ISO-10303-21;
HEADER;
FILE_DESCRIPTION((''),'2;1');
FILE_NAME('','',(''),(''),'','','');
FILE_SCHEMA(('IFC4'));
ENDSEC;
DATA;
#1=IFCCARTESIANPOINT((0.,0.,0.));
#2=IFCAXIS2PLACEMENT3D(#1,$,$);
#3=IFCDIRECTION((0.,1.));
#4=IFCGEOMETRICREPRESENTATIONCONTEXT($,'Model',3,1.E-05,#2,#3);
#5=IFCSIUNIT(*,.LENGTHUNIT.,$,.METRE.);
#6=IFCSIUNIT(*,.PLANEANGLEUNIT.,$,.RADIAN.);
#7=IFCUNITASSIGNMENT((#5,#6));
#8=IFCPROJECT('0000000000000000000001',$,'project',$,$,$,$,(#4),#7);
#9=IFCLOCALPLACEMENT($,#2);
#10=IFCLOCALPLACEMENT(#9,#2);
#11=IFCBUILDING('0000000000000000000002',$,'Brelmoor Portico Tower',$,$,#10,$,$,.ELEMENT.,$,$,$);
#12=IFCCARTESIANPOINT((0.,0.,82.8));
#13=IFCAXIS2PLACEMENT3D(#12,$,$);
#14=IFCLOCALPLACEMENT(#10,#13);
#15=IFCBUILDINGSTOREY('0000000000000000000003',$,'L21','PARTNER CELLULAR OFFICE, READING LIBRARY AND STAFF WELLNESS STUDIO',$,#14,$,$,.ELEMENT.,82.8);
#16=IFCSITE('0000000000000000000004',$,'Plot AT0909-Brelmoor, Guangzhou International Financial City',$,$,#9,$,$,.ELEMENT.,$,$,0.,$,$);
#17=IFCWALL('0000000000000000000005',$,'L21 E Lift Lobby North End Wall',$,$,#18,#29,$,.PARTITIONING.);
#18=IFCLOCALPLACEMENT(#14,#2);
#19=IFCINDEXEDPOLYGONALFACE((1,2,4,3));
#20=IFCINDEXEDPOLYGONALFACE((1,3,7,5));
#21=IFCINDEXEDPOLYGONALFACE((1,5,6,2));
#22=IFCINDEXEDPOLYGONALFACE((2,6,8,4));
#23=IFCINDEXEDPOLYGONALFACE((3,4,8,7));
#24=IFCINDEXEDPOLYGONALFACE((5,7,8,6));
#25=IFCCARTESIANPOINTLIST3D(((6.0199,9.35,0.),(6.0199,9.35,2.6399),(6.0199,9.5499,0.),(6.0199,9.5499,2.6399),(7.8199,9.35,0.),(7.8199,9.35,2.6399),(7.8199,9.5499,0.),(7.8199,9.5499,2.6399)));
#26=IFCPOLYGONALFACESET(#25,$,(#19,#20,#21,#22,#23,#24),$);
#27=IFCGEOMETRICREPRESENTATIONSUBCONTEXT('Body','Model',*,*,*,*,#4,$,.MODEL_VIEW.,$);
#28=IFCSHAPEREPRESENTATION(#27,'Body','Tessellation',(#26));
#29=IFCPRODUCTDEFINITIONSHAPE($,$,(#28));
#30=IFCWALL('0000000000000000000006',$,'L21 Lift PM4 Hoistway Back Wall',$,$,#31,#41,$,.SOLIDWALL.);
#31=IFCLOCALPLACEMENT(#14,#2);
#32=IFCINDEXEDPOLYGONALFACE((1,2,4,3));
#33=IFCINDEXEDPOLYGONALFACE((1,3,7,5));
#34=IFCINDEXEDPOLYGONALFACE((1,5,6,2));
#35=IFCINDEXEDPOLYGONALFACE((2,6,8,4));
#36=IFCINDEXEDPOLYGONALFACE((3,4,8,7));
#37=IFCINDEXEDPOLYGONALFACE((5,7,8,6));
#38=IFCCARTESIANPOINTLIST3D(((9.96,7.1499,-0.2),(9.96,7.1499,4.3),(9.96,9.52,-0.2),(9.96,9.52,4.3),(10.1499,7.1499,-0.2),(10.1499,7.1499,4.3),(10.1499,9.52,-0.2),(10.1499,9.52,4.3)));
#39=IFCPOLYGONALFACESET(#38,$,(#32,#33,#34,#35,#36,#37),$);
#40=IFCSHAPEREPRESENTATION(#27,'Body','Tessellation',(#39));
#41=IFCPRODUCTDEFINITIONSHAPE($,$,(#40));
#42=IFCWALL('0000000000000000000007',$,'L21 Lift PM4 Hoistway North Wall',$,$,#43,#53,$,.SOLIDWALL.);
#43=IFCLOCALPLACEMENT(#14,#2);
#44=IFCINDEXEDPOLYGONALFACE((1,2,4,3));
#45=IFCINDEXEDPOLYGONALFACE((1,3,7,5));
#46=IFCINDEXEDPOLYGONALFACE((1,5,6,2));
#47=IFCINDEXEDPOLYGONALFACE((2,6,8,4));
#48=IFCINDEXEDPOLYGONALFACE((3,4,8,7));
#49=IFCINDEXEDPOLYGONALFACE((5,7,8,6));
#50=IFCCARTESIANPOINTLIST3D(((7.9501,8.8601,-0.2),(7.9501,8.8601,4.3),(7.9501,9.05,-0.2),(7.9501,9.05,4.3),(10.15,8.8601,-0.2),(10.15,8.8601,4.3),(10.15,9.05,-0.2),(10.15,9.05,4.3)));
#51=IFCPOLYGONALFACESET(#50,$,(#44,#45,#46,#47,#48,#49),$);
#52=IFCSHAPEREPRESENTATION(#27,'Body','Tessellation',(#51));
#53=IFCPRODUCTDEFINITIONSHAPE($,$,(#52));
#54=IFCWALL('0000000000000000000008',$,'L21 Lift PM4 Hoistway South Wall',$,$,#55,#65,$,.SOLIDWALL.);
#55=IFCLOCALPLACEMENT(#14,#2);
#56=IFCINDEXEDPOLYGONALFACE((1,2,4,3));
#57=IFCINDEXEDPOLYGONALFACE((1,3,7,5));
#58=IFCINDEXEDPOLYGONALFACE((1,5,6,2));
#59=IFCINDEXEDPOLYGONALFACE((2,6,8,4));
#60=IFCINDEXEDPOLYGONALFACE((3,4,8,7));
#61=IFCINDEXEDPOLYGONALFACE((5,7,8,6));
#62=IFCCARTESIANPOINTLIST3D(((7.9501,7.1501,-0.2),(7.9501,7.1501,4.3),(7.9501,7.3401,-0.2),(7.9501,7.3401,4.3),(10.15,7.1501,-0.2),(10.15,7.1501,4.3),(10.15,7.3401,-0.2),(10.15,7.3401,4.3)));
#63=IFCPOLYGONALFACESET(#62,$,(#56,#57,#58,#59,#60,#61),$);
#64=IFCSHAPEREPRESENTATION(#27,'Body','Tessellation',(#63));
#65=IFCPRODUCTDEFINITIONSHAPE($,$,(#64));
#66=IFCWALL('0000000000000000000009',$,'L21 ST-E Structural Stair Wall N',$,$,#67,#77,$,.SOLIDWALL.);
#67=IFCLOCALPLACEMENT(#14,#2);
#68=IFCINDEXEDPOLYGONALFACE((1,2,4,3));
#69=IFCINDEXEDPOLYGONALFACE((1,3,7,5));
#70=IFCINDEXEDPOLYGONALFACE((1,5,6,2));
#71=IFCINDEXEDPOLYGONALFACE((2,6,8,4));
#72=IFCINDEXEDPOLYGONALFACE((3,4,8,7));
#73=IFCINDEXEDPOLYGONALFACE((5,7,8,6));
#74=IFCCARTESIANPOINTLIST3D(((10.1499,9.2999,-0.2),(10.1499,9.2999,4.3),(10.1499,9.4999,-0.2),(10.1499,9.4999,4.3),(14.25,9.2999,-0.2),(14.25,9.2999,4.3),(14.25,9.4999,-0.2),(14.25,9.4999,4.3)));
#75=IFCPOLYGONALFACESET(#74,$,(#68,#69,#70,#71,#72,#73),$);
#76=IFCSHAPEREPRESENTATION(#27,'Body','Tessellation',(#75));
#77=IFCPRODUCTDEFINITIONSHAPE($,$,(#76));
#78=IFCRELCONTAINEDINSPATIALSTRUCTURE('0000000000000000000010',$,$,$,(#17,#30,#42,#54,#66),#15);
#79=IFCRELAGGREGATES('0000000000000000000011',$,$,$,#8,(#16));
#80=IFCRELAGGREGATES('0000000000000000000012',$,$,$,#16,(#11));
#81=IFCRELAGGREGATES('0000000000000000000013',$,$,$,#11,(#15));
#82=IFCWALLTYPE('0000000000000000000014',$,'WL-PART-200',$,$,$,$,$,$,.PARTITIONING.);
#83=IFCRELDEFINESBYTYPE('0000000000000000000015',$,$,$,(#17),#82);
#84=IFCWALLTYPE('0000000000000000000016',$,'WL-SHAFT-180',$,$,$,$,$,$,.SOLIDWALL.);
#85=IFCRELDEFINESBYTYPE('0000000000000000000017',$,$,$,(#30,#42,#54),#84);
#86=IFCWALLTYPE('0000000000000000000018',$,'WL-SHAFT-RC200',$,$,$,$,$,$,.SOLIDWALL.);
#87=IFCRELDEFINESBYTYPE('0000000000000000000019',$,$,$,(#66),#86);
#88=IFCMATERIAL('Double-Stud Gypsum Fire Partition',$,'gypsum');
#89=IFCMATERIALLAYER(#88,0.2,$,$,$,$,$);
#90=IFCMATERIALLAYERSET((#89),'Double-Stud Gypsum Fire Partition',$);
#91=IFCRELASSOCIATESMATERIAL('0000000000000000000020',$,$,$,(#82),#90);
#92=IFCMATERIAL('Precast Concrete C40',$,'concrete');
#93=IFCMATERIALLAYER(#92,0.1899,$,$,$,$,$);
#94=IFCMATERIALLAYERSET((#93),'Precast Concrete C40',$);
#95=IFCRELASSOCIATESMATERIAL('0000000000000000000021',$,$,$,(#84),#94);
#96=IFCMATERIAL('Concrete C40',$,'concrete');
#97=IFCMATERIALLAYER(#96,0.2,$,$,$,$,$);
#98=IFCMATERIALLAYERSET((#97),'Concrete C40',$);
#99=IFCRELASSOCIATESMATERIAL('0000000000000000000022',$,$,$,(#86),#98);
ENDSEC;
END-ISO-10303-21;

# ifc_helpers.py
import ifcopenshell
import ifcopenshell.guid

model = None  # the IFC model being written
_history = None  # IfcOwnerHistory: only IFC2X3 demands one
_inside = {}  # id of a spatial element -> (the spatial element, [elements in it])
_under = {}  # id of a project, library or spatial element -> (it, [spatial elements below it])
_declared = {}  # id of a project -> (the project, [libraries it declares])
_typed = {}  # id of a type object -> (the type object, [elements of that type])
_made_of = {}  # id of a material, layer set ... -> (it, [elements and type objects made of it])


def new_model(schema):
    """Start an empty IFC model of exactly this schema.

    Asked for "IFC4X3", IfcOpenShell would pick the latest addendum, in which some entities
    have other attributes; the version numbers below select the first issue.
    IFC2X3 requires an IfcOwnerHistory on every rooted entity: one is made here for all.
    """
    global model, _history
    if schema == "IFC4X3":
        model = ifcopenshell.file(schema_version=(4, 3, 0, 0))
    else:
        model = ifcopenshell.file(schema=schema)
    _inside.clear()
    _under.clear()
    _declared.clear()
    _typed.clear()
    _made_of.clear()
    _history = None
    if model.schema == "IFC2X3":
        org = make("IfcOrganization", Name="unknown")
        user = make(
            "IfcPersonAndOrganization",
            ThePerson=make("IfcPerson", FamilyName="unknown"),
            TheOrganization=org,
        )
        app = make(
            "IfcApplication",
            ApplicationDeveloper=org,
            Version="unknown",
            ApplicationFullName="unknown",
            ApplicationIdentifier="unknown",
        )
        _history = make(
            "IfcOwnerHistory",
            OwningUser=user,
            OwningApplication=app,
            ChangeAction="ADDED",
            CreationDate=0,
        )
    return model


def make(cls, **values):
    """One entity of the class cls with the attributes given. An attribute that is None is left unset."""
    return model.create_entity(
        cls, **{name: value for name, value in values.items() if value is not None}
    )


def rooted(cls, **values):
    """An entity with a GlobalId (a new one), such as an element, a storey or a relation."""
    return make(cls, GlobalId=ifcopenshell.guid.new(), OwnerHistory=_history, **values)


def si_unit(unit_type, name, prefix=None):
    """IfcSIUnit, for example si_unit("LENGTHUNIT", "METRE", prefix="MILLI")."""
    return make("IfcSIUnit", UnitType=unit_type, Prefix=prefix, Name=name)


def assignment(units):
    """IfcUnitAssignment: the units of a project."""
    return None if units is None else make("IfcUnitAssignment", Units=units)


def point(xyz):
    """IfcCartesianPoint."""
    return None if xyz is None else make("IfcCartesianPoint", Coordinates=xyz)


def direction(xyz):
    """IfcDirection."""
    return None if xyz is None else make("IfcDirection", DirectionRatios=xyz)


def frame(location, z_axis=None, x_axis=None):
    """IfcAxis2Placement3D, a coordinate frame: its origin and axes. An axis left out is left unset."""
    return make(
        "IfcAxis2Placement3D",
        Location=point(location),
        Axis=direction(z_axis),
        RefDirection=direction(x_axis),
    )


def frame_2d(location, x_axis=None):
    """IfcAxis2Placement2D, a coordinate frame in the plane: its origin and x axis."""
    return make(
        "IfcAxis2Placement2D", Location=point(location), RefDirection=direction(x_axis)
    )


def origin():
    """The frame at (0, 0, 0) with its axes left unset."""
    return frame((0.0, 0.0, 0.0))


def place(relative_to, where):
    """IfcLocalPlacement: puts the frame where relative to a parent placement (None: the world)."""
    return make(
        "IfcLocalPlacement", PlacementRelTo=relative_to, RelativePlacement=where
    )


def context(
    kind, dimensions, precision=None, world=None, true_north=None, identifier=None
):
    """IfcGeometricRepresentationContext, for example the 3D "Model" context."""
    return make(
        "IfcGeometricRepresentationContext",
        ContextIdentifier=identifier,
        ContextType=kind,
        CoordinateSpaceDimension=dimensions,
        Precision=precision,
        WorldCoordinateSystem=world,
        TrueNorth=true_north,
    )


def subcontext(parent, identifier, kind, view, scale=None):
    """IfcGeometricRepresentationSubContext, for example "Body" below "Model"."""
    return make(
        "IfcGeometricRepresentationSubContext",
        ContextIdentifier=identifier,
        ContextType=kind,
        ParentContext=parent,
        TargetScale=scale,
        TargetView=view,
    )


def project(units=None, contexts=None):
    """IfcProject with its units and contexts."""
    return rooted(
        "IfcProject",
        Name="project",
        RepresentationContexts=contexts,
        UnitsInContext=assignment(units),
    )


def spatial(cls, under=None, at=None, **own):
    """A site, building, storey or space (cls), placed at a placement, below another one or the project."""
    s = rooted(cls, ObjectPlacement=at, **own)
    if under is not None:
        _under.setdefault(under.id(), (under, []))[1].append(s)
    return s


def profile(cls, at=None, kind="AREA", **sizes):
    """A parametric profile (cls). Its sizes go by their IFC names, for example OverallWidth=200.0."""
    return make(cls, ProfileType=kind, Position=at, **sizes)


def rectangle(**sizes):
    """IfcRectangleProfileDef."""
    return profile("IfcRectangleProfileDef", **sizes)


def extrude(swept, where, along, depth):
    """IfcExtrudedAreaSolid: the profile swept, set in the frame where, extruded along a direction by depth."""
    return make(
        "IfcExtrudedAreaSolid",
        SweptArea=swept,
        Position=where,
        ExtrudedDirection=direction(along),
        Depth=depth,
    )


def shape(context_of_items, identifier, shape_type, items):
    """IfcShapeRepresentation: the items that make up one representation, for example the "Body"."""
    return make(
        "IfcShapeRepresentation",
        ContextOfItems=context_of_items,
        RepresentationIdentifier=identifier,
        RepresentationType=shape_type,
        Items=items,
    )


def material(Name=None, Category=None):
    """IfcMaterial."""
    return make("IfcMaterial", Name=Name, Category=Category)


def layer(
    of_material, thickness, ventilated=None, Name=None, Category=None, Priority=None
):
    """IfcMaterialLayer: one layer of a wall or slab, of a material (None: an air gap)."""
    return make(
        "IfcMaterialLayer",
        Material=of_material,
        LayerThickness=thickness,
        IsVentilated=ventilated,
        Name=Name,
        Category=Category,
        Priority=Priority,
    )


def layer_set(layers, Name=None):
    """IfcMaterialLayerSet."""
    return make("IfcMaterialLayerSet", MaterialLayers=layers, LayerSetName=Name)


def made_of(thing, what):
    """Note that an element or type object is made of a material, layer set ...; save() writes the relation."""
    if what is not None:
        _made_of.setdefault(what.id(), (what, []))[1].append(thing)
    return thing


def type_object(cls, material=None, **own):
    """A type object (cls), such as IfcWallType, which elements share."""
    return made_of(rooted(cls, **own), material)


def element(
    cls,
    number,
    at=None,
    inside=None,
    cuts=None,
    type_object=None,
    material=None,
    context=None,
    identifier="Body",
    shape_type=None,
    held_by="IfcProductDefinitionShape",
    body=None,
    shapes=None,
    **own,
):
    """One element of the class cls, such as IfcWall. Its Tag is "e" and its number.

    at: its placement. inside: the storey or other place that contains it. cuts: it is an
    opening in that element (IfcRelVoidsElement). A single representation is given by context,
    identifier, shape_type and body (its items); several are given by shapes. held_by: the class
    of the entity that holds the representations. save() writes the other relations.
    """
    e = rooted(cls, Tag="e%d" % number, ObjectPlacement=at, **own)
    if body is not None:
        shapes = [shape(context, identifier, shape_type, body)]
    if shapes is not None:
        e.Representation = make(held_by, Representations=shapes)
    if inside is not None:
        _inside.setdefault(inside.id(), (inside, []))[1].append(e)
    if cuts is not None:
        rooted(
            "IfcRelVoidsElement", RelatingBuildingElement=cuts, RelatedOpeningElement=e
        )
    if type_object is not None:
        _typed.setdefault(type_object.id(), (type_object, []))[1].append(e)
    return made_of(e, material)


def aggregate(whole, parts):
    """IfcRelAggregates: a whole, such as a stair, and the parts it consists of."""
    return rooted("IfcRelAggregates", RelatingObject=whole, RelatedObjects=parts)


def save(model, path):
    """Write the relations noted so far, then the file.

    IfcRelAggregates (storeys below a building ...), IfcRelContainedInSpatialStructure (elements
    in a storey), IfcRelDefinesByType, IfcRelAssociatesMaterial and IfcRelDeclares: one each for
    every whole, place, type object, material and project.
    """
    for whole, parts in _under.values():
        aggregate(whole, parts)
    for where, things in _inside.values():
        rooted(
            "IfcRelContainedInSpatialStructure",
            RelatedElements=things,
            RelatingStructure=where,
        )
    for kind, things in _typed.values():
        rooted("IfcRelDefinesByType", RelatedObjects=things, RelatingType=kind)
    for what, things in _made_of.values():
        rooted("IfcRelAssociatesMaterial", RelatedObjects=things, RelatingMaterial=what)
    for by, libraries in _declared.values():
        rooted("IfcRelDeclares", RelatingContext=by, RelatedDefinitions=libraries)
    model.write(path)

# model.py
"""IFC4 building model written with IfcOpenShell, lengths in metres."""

from ifc_helpers import new_model, si_unit, direction, frame, frame_2d, origin, place, context, subcontext, project, spatial, rectangle, extrude, material, layer, layer_set, type_object, element, save


model = new_model("IFC4")

# Units and contexts
model_context = context("Model", 3, precision=1e-05, world=origin(), true_north=direction((0.0, 1.0)))
body_context = subcontext(model_context, "Body", "Model", "MODEL_VIEW")
ifc_project = project(units=[si_unit("LENGTHUNIT", "METRE"), si_unit("PLANEANGLEUNIT", "RADIAN")], contexts=[model_context])

# Site, building, storey
site_placement = place(None, origin())
site = spatial("IfcSite", under=ifc_project, at=site_placement, Name="Plot AT0909-Brelmoor, Guangzhou International Financial City", CompositionType="ELEMENT", RefElevation=0.0)
building_placement = place(site_placement, origin())
building = spatial("IfcBuilding", under=site, at=building_placement, Name="Brelmoor Portico Tower", CompositionType="ELEMENT")
storey_placement = place(building_placement, frame((0.0, 0.0, 82.8)))
storey = spatial("IfcBuildingStorey", under=building, at=storey_placement, Name="L21", Description="PARTNER CELLULAR OFFICE, READING LIBRARY AND STAFF WELLNESS STUDIO", CompositionType="ELEMENT", Elevation=82.8)

# Walls
ifc_material_1 = material(Name="Double-Stud Gypsum Fire Partition", Category="gypsum")
ifc_layer_1 = layer(ifc_material_1, 0.2)
ifc_layer_set_1 = layer_set([ifc_layer_1], Name="Double-Stud Gypsum Fire Partition")
wall_type_1 = type_object("IfcWallType", Name="WL-PART-200", PredefinedType="PARTITIONING", material=ifc_layer_set_1)
wall_1_placement = place(storey_placement, frame((6.02, 9.45, 0.0), z_axis=(0.0, 0.0, 1.0), x_axis=(1.0, 0.0, 0.0)))
element("IfcWall", 1, at=wall_1_placement, inside=storey, type_object=wall_type_1, Name="L21 E Lift Lobby North End Wall", PredefinedType="PARTITIONING", context=body_context, shape_type="SweptSolid", body=[
    extrude(rectangle(XDim=1.8, YDim=0.2, at=frame_2d((0.8999, 0.0))), origin(), (0.0, 0.0, 1.0), 2.6399),
])
ifc_material_2 = material(Name="Precast Concrete C40", Category="concrete")
ifc_layer_2 = layer(ifc_material_2, 0.1899)
ifc_layer_set_2 = layer_set([ifc_layer_2], Name="Precast Concrete C40")
wall_type_2 = type_object("IfcWallType", Name="WL-SHAFT-180", PredefinedType="SOLIDWALL", material=ifc_layer_set_2)
wall_2_placement = place(storey_placement, frame((10.0549, 7.1499, -0.2), z_axis=(0.0, 0.0, 1.0), x_axis=(0.0, 1.0, 0.0)))
element("IfcWall", 2, at=wall_2_placement, inside=storey, type_object=wall_type_2, Name="L21 Lift PM4 Hoistway Back Wall", PredefinedType="SOLIDWALL", context=body_context, shape_type="SweptSolid", body=[
    extrude(rectangle(XDim=2.3701, YDim=0.1899, at=frame_2d((1.1851, 0.0))), origin(), (0.0, 0.0, 1.0), 4.5),
])
for number, where, z_axis, x_axis, name in (
    (3, (7.95, 8.9551, -0.2), (0.0, 0.0, 1.0), (1.0, 0.0, 0.0), "L21 Lift PM4 Hoistway North Wall"),
    (4, (7.95, 7.2451, -0.2), (0.0, 0.0, 1.0), (1.0, 0.0, 0.0), "L21 Lift PM4 Hoistway South Wall"),
):
    element("IfcWall", number, at=place(storey_placement, frame(where, z_axis=z_axis, x_axis=x_axis)), inside=storey, type_object=wall_type_2, Name=name, PredefinedType="SOLIDWALL", context=body_context, shape_type="SweptSolid", body=[
        extrude(rectangle(XDim=2.2, YDim=0.1899, at=frame_2d((1.1001, 0.0))), origin(), (0.0, 0.0, 1.0), 4.5),
    ])
ifc_material_3 = material(Name="Concrete C40", Category="concrete")
ifc_layer_3 = layer(ifc_material_3, 0.2)
ifc_layer_set_3 = layer_set([ifc_layer_3], Name="Concrete C40")
wall_type_3 = type_object("IfcWallType", Name="WL-SHAFT-RC200", PredefinedType="SOLIDWALL", material=ifc_layer_set_3)
wall_3_placement = place(storey_placement, frame((10.1499, 9.3999, -0.2), z_axis=(0.0, 0.0, 1.0), x_axis=(1.0, 0.0, 0.0)))
element("IfcWall", 5, at=wall_3_placement, inside=storey, type_object=wall_type_3, Name="L21 ST-E Structural Stair Wall N", PredefinedType="SOLIDWALL", context=body_context, shape_type="SweptSolid", body=[
    extrude(rectangle(XDim=4.1001, YDim=0.2, at=frame_2d((2.05, 0.0))), origin(), (0.0, 0.0, 1.0), 4.5),
])

save(model, "model.ifc")
